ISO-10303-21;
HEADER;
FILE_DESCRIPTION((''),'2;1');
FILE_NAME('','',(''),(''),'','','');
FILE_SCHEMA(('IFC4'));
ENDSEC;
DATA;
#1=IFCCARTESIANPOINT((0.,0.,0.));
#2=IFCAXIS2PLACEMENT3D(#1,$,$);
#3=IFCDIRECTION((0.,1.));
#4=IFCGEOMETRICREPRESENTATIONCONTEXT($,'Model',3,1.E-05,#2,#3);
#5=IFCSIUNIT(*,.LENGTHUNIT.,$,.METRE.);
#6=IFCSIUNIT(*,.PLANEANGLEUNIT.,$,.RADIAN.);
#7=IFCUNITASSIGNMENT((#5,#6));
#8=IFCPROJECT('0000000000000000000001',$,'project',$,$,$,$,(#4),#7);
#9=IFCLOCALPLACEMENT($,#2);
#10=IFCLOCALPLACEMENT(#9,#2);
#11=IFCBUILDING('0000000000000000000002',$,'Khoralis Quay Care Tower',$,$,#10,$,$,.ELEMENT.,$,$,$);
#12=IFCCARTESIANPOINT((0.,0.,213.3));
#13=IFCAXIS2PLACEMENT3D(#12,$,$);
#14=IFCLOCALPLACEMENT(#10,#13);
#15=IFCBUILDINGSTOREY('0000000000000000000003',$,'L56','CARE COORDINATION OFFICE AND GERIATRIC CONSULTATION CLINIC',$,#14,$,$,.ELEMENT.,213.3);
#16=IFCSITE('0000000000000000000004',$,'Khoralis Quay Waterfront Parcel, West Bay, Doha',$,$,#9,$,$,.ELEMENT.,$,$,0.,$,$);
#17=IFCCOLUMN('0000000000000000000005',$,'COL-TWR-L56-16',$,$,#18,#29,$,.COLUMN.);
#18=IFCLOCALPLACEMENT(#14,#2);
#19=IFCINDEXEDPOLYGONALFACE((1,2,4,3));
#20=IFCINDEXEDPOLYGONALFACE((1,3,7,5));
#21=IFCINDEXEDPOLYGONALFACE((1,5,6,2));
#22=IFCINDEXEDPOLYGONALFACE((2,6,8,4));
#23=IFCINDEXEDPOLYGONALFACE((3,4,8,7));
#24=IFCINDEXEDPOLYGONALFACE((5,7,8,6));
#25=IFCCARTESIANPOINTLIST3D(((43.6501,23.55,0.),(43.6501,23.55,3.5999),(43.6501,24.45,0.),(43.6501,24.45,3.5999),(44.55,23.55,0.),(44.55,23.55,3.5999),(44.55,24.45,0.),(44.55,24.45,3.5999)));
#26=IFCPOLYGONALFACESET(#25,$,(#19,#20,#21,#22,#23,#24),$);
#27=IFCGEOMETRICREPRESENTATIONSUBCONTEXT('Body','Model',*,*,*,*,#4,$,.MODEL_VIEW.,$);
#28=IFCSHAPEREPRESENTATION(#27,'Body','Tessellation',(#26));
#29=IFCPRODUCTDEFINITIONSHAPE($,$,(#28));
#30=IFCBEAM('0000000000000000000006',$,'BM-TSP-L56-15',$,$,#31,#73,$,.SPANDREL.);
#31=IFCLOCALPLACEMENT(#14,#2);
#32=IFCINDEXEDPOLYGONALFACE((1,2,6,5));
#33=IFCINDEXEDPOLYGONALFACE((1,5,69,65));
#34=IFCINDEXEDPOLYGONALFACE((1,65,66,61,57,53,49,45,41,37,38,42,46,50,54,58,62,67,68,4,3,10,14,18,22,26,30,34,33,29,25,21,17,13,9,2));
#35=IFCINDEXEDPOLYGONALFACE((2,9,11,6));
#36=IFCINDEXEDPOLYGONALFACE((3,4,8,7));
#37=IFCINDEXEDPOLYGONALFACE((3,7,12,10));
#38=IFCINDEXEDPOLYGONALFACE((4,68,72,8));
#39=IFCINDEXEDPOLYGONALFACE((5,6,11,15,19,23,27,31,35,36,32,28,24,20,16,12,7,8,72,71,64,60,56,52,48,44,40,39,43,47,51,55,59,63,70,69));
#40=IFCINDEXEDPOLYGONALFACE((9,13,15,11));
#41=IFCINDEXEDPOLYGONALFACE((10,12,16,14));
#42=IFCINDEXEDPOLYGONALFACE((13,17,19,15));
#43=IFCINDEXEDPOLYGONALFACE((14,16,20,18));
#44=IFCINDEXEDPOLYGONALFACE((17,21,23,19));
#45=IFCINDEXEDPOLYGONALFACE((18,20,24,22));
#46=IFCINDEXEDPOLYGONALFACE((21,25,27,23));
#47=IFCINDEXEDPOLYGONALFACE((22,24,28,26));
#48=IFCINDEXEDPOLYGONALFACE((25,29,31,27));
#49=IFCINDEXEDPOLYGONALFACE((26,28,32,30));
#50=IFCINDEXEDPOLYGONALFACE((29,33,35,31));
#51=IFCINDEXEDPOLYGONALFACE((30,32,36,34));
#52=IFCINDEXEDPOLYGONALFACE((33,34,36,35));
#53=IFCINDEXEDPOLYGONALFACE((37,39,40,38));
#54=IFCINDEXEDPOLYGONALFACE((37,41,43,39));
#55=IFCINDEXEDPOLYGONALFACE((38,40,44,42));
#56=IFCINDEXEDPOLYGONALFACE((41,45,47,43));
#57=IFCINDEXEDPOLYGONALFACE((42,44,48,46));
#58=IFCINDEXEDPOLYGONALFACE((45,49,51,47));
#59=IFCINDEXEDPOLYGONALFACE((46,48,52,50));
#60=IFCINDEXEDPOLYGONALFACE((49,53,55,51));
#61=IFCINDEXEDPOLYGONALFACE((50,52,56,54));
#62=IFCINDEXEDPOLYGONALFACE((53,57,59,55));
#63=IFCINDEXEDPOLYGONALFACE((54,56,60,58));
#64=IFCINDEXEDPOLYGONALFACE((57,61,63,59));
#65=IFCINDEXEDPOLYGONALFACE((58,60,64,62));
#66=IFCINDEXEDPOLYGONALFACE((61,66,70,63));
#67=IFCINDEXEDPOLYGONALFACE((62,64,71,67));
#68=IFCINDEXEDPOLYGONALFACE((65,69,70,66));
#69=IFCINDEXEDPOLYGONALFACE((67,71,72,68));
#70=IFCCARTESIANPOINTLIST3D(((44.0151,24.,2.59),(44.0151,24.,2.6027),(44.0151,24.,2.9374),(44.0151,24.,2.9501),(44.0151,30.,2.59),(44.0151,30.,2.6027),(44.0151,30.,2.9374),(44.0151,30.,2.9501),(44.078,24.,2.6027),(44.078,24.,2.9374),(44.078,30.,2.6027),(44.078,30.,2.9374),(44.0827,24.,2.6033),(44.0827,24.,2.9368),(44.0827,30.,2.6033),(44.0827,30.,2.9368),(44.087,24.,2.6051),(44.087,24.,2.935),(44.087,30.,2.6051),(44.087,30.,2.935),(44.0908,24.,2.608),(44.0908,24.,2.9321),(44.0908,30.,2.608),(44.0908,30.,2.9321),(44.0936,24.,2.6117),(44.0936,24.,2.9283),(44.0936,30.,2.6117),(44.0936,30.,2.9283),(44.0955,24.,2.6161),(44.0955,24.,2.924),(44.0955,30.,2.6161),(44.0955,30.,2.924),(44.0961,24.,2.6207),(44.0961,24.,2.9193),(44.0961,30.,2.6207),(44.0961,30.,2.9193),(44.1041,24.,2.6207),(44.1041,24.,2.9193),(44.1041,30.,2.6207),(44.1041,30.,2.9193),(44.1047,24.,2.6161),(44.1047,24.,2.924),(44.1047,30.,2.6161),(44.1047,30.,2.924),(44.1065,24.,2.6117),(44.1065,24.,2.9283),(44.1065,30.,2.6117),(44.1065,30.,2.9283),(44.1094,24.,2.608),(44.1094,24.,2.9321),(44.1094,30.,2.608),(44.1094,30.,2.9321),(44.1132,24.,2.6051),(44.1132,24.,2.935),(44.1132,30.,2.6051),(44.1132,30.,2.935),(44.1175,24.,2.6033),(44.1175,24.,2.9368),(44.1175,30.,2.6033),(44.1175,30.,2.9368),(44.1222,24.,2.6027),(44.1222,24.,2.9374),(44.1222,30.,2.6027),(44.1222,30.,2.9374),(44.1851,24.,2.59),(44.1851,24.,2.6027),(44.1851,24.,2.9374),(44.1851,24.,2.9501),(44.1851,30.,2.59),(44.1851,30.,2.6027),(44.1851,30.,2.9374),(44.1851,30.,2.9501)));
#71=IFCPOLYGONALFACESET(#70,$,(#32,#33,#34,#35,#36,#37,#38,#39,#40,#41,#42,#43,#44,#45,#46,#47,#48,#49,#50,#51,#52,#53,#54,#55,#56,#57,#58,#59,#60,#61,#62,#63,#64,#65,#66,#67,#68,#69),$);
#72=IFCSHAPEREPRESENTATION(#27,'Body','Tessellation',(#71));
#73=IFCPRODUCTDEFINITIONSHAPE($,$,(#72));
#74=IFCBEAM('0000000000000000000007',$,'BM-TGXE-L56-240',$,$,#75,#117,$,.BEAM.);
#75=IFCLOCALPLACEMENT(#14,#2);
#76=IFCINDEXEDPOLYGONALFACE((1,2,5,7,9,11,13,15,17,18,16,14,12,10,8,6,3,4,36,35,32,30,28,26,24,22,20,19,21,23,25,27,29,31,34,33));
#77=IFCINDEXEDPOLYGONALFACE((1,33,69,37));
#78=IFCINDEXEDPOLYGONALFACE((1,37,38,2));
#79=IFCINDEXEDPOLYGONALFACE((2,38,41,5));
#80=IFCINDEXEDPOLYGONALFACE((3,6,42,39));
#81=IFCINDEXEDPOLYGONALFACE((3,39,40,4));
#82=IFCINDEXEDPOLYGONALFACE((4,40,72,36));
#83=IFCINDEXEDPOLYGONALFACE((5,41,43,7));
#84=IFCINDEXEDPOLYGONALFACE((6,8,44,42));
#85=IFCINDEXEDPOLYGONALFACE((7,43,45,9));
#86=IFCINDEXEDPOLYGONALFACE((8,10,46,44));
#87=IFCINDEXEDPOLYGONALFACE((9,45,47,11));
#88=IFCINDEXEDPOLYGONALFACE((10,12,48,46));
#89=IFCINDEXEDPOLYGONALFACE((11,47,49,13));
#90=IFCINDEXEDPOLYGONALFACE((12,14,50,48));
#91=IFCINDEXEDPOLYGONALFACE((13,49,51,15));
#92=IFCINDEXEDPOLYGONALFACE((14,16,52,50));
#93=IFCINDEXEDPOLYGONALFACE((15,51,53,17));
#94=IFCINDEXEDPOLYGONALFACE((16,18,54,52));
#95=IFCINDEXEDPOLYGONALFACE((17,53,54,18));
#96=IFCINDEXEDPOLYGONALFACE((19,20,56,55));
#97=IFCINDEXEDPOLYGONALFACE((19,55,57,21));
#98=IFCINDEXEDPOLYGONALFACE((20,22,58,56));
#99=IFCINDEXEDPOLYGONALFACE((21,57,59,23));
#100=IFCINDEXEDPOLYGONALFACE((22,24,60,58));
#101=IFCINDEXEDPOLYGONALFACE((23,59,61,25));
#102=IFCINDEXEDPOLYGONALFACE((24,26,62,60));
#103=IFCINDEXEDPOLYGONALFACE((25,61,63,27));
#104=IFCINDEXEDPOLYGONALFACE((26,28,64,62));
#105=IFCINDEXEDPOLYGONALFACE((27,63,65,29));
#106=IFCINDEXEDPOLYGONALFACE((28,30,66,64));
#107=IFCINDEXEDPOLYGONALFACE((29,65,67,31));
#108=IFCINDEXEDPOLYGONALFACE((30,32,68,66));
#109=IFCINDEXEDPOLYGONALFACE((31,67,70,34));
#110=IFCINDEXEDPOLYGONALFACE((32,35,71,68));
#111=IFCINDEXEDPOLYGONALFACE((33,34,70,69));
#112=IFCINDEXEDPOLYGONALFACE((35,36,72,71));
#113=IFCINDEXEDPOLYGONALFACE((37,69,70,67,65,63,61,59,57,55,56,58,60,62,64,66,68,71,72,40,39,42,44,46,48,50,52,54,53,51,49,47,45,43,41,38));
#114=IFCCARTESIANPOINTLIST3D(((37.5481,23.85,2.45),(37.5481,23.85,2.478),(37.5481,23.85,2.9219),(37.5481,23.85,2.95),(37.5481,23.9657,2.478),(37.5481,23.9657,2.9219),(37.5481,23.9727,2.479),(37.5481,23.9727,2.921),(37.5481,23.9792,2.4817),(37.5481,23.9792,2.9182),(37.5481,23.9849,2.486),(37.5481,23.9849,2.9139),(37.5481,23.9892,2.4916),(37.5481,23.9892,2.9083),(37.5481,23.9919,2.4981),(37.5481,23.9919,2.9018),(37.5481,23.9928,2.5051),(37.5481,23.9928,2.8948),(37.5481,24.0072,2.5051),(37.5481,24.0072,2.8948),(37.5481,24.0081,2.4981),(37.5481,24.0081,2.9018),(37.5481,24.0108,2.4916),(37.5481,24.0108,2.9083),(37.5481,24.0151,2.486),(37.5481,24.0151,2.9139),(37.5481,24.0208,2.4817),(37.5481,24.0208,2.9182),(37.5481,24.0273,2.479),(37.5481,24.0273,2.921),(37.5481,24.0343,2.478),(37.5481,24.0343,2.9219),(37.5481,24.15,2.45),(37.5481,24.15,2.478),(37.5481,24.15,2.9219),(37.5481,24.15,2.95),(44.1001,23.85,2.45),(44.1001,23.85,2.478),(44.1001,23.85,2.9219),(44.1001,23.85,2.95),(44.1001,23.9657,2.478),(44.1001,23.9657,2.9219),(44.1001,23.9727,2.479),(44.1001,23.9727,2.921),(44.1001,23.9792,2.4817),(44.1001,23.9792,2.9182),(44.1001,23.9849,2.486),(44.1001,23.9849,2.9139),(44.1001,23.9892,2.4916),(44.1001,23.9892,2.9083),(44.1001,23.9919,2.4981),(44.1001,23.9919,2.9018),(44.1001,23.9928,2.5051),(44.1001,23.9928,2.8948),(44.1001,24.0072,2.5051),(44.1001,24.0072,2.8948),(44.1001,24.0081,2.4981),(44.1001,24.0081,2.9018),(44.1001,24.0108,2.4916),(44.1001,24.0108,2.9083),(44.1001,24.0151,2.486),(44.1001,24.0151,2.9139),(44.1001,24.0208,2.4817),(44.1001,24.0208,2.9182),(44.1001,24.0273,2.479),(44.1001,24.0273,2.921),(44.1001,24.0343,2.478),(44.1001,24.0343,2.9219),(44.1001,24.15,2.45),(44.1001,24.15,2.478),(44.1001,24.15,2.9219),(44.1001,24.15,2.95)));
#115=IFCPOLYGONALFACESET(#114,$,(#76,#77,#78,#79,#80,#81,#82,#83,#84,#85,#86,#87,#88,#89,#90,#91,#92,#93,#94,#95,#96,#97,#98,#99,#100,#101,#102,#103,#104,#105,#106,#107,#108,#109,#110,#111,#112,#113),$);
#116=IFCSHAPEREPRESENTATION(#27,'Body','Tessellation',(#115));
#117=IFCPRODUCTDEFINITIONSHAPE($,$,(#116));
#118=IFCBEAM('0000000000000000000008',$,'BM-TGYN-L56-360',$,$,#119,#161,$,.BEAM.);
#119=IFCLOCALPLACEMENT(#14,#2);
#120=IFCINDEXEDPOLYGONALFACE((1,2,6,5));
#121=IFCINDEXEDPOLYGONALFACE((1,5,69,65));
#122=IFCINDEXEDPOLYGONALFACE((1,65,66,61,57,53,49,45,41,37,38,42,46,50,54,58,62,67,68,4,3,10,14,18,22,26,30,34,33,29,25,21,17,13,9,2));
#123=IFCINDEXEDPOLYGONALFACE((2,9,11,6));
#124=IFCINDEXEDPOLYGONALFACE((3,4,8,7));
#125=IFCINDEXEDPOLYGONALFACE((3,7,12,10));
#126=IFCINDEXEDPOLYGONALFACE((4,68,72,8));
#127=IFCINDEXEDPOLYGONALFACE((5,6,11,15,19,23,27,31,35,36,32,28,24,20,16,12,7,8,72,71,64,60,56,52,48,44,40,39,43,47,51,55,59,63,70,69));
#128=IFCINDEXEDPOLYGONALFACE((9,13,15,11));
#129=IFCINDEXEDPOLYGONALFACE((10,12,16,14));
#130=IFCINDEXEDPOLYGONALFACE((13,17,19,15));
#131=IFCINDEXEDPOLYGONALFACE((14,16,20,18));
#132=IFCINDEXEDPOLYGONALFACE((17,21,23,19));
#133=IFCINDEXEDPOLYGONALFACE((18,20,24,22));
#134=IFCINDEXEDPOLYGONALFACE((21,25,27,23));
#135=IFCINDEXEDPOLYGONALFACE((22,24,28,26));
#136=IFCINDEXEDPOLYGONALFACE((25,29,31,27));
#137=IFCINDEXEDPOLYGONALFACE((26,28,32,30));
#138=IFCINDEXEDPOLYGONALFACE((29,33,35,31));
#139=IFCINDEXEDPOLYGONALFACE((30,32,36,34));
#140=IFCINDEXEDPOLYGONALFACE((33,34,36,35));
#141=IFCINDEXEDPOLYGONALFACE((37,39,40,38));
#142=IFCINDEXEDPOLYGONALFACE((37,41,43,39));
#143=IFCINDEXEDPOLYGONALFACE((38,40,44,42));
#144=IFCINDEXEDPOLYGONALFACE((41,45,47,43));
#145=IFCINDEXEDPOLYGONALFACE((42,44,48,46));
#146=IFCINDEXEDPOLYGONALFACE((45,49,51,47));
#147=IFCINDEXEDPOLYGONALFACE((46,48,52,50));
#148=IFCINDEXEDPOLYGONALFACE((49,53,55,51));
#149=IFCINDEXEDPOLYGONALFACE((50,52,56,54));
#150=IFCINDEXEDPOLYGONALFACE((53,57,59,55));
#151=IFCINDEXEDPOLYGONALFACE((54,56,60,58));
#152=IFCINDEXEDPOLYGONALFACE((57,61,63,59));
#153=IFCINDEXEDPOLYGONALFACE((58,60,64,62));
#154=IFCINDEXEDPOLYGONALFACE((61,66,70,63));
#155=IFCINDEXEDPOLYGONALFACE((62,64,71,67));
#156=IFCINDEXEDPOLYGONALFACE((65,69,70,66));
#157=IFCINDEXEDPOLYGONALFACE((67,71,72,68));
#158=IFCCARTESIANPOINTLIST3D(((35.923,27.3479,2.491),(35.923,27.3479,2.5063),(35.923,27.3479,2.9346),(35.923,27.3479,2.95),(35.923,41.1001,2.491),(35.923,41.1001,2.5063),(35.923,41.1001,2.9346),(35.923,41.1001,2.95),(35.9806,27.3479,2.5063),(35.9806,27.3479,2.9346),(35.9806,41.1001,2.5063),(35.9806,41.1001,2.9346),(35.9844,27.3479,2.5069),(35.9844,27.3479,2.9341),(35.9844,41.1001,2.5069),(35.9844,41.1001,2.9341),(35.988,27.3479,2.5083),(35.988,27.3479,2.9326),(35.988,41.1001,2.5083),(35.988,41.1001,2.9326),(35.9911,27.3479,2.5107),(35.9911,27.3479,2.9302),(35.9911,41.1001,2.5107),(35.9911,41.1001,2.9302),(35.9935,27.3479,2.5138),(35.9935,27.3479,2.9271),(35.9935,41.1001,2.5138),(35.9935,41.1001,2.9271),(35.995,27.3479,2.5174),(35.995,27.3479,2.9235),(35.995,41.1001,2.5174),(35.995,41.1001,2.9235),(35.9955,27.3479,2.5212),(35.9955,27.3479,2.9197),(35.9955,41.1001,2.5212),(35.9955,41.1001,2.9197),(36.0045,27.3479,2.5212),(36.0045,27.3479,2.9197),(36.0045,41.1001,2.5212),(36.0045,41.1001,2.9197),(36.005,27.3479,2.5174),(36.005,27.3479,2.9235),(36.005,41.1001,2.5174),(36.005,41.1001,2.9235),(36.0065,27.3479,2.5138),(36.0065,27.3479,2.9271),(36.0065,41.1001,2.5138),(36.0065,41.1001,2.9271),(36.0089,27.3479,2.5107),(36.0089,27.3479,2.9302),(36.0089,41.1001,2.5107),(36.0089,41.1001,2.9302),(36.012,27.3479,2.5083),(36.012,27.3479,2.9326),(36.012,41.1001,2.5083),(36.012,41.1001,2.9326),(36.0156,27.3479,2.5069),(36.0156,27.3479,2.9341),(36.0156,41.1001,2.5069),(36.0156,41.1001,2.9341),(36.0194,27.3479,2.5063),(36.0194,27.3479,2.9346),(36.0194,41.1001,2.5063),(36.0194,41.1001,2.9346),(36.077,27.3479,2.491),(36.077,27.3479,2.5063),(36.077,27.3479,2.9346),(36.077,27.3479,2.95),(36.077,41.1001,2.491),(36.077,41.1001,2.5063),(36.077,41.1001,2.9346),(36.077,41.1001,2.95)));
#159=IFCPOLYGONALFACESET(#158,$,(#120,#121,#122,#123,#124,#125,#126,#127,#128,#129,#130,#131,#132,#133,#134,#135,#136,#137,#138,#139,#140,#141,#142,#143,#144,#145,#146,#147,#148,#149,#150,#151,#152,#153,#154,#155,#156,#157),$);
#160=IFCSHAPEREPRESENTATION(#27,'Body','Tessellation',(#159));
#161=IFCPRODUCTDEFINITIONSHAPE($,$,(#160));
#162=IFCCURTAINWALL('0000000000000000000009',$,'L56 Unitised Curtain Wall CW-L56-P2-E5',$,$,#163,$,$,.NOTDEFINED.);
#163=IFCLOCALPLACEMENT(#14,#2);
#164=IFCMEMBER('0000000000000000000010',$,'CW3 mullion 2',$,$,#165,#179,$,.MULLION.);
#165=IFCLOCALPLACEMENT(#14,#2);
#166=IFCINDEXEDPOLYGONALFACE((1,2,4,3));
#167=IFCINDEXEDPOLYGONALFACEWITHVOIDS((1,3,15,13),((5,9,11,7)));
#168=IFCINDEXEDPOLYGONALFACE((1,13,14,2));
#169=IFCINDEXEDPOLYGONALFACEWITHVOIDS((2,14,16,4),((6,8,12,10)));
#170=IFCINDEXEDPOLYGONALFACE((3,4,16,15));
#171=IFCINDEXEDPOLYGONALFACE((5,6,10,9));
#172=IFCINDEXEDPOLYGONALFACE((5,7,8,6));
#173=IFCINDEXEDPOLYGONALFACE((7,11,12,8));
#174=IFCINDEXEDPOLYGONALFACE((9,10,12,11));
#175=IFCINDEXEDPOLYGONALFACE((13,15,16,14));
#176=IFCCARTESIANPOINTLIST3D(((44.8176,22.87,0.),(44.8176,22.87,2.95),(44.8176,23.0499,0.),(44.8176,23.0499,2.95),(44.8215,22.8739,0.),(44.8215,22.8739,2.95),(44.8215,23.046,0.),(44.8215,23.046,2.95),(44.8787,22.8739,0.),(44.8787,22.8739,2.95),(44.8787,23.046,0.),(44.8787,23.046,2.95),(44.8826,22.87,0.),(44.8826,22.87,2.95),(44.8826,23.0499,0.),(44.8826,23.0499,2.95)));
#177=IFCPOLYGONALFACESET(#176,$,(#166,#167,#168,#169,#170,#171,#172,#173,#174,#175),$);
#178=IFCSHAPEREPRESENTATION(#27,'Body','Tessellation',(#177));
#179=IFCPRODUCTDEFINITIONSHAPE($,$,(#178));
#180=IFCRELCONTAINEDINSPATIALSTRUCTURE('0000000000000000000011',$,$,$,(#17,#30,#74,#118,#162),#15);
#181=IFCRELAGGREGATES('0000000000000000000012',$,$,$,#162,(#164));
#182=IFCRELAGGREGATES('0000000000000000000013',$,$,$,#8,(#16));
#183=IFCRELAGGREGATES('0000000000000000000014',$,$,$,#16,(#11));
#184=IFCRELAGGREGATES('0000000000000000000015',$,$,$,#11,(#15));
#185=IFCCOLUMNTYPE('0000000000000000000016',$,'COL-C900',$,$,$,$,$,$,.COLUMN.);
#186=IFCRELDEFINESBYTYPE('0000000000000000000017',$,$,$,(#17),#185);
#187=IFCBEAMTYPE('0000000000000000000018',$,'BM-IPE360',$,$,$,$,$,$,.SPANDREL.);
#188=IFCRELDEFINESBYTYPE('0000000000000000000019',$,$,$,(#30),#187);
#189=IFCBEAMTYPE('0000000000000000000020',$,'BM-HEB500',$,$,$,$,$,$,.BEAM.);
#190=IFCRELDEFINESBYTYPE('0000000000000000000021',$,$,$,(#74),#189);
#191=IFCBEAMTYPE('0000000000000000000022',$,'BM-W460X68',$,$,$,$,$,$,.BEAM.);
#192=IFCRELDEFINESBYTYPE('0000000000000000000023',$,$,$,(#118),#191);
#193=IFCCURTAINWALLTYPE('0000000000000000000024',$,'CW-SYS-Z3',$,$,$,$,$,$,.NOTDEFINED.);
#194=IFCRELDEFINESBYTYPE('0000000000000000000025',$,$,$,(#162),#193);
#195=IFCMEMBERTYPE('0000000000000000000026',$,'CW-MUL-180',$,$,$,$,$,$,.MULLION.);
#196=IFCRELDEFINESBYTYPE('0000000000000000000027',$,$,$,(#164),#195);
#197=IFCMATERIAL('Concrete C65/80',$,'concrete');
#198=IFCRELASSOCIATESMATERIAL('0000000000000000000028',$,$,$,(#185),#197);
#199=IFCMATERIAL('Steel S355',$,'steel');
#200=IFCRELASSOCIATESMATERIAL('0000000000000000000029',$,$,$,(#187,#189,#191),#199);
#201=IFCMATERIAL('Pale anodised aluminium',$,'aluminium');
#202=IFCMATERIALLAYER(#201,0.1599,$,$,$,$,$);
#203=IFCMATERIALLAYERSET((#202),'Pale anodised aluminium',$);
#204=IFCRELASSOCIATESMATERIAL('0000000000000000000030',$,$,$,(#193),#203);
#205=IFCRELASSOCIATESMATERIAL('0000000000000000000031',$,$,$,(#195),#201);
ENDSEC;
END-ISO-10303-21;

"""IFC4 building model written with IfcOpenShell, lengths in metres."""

from ifc_helpers import new_model, si_unit, direction, frame, origin, origin_2d, place, context, subcontext, project, spatial, rectangle, hollow_rectangle, i_section, extrude, source, transform, mapped, material, layer, layer_set, material_profile, profile_set, type_object, element, aggregate, save


model = new_model("IFC4")

# Units and contexts
model_context = context("Model", 3, precision=1e-05, world=origin(), true_north=direction((0.0, 1.0)))
body_context = subcontext(model_context, "Body", "Model", "MODEL_VIEW")
ifc_project = project(units=[si_unit("LENGTHUNIT", "METRE"), si_unit("PLANEANGLEUNIT", "RADIAN")], contexts=[model_context])

# Site, building, storey
site_placement = place(None, origin())
site = spatial("IfcSite", under=ifc_project, at=site_placement, Name="Khoralis Quay Waterfront Parcel, West Bay, Doha", CompositionType="ELEMENT", RefElevation=0.0)
building_placement = place(site_placement, origin())
building = spatial("IfcBuilding", under=site, at=building_placement, Name="Khoralis Quay Care Tower", CompositionType="ELEMENT")
storey_placement = place(building_placement, frame((0.0, 0.0, 213.3)))
storey = spatial("IfcBuildingStorey", under=building, at=storey_placement, Name="L56", Description="CARE COORDINATION OFFICE AND GERIATRIC CONSULTATION CLINIC", CompositionType="ELEMENT", Elevation=213.3)

# Column
ifc_material_1 = material(Name="Concrete C65/80", Category="concrete")
ifc_material_profile_1 = material_profile(ifc_material_1, rectangle(XDim=0.8999, YDim=0.8999, at=origin_2d()), Name="Concrete C65/80")
ifc_profile_set_1 = profile_set([ifc_material_profile_1], Name="Concrete C65/80")
column_type = type_object("IfcColumnType", Name="COL-C900", PredefinedType="COLUMN", material=ifc_profile_set_1)
shared_shape_1 = source(origin(), body_context, "Body", "SweptSolid", [
    extrude(rectangle(XDim=0.8999, YDim=0.8999, at=origin_2d()), origin(), (0.0, 0.0, 1.0), 3.5999),
])
column_placement = place(storey_placement, frame((44.1001, 24.0, 0.0), z_axis=(0.0, 0.0, 1.0), x_axis=(1.0, 0.0, 0.0)))
element("IfcColumn", 1, at=column_placement, inside=storey, type_object=column_type, Name="COL-TWR-L56-16", PredefinedType="COLUMN", context=body_context, shape_type="MappedRepresentation", body=[
    mapped(shared_shape_1, transform((0.0, 0.0, 0.0), scale=1.0)),
])

# Beams
ifc_material_2 = material(Name="Steel S355", Category="steel")
ifc_material_profile_2 = material_profile(ifc_material_2, i_section(OverallWidth=0.1699, OverallDepth=0.3601, WebThickness=0.0081, FlangeThickness=0.0127, FilletRadius=0.0181, at=origin_2d()), Name="Steel S355")
ifc_profile_set_2 = profile_set([ifc_material_profile_2], Name="Steel S355")
beam_type_1 = type_object("IfcBeamType", Name="BM-IPE360", PredefinedType="SPANDREL", material=ifc_profile_set_2)
shared_shape_2 = source(origin(), body_context, "Body", "SweptSolid", [
    extrude(i_section(OverallWidth=0.1699, OverallDepth=0.3601, WebThickness=0.0081, FlangeThickness=0.0127, FilletRadius=0.0181, at=origin_2d()), origin(), (0.0, 0.0, 1.0), 6.0),
])
beam_1_placement = place(storey_placement, frame((44.1001, 24.0, 2.77), z_axis=(0.0, 1.0, 0.0), x_axis=(-1.0, 0.0, 0.0)))
element("IfcBeam", 2, at=beam_1_placement, inside=storey, type_object=beam_type_1, Name="BM-TSP-L56-15", PredefinedType="SPANDREL", context=body_context, shape_type="MappedRepresentation", body=[
    mapped(shared_shape_2, transform((0.0, 0.0, 0.0), scale=1.0)),
])
ifc_material_profile_3 = material_profile(ifc_material_2, i_section(OverallWidth=0.3, OverallDepth=0.5, WebThickness=0.0144, FlangeThickness=0.0281, FilletRadius=0.0271, at=origin_2d()), Name="Steel S355")
ifc_profile_set_3 = profile_set([ifc_material_profile_3], Name="Steel S355")
beam_type_2 = type_object("IfcBeamType", Name="BM-HEB500", PredefinedType="BEAM", material=ifc_profile_set_3)
shared_shape_3 = source(origin(), body_context, "Body", "SweptSolid", [
    extrude(i_section(OverallWidth=0.3, OverallDepth=0.5, WebThickness=0.0144, FlangeThickness=0.0281, FilletRadius=0.0271, at=origin_2d()), origin(), (0.0, 0.0, 1.0), 6.552),
])
beam_2_placement = place(storey_placement, frame((37.5481, 24.0, 2.7), z_axis=(1.0, 0.0, 0.0), x_axis=(0.0, 1.0, 0.0)))
element("IfcBeam", 3, at=beam_2_placement, inside=storey, type_object=beam_type_2, Name="BM-TGXE-L56-240", PredefinedType="BEAM", context=body_context, shape_type="MappedRepresentation", body=[
    mapped(shared_shape_3, transform((0.0, 0.0, 0.0), scale=1.0)),
])
ifc_material_profile_4 = material_profile(ifc_material_2, i_section(OverallWidth=0.1541, OverallDepth=0.459, WebThickness=0.009, FlangeThickness=0.0154, FilletRadius=0.0149, at=origin_2d()), Name="Steel S355")
ifc_profile_set_4 = profile_set([ifc_material_profile_4], Name="Steel S355")
beam_type_3 = type_object("IfcBeamType", Name="BM-W460X68", PredefinedType="BEAM", material=ifc_profile_set_4)
shared_shape_4 = source(origin(), body_context, "Body", "SweptSolid", [
    extrude(i_section(OverallWidth=0.1541, OverallDepth=0.459, WebThickness=0.009, FlangeThickness=0.0154, FilletRadius=0.0149, at=origin_2d()), origin(), (0.0, 0.0, 1.0), 13.7522),
])
beam_3_placement = place(storey_placement, frame((36.0, 27.3479, 2.7205), z_axis=(0.0, 1.0, 0.0), x_axis=(-1.0, 0.0, 0.0)))
element("IfcBeam", 4, at=beam_3_placement, inside=storey, type_object=beam_type_3, Name="BM-TGYN-L56-360", PredefinedType="BEAM", context=body_context, shape_type="MappedRepresentation", body=[
    mapped(shared_shape_4, transform((0.0, 0.0, 0.0), scale=1.0)),
])

# Curtain wall, member
ifc_material_3 = material(Name="Pale anodised aluminium", Category="aluminium")
ifc_layer_1 = layer(ifc_material_3, 0.1599)
ifc_layer_set_1 = layer_set([ifc_layer_1], Name="Pale anodised aluminium")
curtain_wall_type = type_object("IfcCurtainWallType", Name="CW-SYS-Z3", PredefinedType="NOTDEFINED", material=ifc_layer_set_1)
curtain_wall_placement = place(storey_placement, origin())
curtain_wall = element("IfcCurtainWall", 5, at=curtain_wall_placement, inside=storey, type_object=curtain_wall_type, Name="L56 Unitised Curtain Wall CW-L56-P2-E5", PredefinedType="NOTDEFINED")
ifc_material_profile_5 = material_profile(ifc_material_3, hollow_rectangle(XDim=0.0649, YDim=0.1799, WallThickness=0.0039, at=origin_2d()), Name="Pale anodised aluminium")
ifc_profile_set_5 = profile_set([ifc_material_profile_5], Name="Pale anodised aluminium")
member_type_1 = type_object("IfcMemberType", Name="CW-MUL-180", PredefinedType="MULLION", material=ifc_profile_set_5)
shared_shape_5 = source(origin(), body_context, "Body", "SweptSolid", [
    extrude(hollow_rectangle(XDim=0.0649, YDim=0.1799, WallThickness=0.0039, at=origin_2d()), origin(), (0.0, 0.0, 1.0), 2.95),
])
member_1_placement = place(storey_placement, frame((44.8501, 22.96, 0.0), z_axis=(0.0, 0.0, 1.0), x_axis=(-1.0, 0.0, 0.0)))
member_1 = element("IfcMember", 6, at=member_1_placement, type_object=member_type_1, Name="CW3 mullion 2", PredefinedType="MULLION", context=body_context, shape_type="MappedRepresentation", body=[
    mapped(shared_shape_5, transform((0.0, 0.0, 0.0), scale=1.0)),
])
aggregate(curtain_wall, [member_1])

save(model, "model.ifc")
